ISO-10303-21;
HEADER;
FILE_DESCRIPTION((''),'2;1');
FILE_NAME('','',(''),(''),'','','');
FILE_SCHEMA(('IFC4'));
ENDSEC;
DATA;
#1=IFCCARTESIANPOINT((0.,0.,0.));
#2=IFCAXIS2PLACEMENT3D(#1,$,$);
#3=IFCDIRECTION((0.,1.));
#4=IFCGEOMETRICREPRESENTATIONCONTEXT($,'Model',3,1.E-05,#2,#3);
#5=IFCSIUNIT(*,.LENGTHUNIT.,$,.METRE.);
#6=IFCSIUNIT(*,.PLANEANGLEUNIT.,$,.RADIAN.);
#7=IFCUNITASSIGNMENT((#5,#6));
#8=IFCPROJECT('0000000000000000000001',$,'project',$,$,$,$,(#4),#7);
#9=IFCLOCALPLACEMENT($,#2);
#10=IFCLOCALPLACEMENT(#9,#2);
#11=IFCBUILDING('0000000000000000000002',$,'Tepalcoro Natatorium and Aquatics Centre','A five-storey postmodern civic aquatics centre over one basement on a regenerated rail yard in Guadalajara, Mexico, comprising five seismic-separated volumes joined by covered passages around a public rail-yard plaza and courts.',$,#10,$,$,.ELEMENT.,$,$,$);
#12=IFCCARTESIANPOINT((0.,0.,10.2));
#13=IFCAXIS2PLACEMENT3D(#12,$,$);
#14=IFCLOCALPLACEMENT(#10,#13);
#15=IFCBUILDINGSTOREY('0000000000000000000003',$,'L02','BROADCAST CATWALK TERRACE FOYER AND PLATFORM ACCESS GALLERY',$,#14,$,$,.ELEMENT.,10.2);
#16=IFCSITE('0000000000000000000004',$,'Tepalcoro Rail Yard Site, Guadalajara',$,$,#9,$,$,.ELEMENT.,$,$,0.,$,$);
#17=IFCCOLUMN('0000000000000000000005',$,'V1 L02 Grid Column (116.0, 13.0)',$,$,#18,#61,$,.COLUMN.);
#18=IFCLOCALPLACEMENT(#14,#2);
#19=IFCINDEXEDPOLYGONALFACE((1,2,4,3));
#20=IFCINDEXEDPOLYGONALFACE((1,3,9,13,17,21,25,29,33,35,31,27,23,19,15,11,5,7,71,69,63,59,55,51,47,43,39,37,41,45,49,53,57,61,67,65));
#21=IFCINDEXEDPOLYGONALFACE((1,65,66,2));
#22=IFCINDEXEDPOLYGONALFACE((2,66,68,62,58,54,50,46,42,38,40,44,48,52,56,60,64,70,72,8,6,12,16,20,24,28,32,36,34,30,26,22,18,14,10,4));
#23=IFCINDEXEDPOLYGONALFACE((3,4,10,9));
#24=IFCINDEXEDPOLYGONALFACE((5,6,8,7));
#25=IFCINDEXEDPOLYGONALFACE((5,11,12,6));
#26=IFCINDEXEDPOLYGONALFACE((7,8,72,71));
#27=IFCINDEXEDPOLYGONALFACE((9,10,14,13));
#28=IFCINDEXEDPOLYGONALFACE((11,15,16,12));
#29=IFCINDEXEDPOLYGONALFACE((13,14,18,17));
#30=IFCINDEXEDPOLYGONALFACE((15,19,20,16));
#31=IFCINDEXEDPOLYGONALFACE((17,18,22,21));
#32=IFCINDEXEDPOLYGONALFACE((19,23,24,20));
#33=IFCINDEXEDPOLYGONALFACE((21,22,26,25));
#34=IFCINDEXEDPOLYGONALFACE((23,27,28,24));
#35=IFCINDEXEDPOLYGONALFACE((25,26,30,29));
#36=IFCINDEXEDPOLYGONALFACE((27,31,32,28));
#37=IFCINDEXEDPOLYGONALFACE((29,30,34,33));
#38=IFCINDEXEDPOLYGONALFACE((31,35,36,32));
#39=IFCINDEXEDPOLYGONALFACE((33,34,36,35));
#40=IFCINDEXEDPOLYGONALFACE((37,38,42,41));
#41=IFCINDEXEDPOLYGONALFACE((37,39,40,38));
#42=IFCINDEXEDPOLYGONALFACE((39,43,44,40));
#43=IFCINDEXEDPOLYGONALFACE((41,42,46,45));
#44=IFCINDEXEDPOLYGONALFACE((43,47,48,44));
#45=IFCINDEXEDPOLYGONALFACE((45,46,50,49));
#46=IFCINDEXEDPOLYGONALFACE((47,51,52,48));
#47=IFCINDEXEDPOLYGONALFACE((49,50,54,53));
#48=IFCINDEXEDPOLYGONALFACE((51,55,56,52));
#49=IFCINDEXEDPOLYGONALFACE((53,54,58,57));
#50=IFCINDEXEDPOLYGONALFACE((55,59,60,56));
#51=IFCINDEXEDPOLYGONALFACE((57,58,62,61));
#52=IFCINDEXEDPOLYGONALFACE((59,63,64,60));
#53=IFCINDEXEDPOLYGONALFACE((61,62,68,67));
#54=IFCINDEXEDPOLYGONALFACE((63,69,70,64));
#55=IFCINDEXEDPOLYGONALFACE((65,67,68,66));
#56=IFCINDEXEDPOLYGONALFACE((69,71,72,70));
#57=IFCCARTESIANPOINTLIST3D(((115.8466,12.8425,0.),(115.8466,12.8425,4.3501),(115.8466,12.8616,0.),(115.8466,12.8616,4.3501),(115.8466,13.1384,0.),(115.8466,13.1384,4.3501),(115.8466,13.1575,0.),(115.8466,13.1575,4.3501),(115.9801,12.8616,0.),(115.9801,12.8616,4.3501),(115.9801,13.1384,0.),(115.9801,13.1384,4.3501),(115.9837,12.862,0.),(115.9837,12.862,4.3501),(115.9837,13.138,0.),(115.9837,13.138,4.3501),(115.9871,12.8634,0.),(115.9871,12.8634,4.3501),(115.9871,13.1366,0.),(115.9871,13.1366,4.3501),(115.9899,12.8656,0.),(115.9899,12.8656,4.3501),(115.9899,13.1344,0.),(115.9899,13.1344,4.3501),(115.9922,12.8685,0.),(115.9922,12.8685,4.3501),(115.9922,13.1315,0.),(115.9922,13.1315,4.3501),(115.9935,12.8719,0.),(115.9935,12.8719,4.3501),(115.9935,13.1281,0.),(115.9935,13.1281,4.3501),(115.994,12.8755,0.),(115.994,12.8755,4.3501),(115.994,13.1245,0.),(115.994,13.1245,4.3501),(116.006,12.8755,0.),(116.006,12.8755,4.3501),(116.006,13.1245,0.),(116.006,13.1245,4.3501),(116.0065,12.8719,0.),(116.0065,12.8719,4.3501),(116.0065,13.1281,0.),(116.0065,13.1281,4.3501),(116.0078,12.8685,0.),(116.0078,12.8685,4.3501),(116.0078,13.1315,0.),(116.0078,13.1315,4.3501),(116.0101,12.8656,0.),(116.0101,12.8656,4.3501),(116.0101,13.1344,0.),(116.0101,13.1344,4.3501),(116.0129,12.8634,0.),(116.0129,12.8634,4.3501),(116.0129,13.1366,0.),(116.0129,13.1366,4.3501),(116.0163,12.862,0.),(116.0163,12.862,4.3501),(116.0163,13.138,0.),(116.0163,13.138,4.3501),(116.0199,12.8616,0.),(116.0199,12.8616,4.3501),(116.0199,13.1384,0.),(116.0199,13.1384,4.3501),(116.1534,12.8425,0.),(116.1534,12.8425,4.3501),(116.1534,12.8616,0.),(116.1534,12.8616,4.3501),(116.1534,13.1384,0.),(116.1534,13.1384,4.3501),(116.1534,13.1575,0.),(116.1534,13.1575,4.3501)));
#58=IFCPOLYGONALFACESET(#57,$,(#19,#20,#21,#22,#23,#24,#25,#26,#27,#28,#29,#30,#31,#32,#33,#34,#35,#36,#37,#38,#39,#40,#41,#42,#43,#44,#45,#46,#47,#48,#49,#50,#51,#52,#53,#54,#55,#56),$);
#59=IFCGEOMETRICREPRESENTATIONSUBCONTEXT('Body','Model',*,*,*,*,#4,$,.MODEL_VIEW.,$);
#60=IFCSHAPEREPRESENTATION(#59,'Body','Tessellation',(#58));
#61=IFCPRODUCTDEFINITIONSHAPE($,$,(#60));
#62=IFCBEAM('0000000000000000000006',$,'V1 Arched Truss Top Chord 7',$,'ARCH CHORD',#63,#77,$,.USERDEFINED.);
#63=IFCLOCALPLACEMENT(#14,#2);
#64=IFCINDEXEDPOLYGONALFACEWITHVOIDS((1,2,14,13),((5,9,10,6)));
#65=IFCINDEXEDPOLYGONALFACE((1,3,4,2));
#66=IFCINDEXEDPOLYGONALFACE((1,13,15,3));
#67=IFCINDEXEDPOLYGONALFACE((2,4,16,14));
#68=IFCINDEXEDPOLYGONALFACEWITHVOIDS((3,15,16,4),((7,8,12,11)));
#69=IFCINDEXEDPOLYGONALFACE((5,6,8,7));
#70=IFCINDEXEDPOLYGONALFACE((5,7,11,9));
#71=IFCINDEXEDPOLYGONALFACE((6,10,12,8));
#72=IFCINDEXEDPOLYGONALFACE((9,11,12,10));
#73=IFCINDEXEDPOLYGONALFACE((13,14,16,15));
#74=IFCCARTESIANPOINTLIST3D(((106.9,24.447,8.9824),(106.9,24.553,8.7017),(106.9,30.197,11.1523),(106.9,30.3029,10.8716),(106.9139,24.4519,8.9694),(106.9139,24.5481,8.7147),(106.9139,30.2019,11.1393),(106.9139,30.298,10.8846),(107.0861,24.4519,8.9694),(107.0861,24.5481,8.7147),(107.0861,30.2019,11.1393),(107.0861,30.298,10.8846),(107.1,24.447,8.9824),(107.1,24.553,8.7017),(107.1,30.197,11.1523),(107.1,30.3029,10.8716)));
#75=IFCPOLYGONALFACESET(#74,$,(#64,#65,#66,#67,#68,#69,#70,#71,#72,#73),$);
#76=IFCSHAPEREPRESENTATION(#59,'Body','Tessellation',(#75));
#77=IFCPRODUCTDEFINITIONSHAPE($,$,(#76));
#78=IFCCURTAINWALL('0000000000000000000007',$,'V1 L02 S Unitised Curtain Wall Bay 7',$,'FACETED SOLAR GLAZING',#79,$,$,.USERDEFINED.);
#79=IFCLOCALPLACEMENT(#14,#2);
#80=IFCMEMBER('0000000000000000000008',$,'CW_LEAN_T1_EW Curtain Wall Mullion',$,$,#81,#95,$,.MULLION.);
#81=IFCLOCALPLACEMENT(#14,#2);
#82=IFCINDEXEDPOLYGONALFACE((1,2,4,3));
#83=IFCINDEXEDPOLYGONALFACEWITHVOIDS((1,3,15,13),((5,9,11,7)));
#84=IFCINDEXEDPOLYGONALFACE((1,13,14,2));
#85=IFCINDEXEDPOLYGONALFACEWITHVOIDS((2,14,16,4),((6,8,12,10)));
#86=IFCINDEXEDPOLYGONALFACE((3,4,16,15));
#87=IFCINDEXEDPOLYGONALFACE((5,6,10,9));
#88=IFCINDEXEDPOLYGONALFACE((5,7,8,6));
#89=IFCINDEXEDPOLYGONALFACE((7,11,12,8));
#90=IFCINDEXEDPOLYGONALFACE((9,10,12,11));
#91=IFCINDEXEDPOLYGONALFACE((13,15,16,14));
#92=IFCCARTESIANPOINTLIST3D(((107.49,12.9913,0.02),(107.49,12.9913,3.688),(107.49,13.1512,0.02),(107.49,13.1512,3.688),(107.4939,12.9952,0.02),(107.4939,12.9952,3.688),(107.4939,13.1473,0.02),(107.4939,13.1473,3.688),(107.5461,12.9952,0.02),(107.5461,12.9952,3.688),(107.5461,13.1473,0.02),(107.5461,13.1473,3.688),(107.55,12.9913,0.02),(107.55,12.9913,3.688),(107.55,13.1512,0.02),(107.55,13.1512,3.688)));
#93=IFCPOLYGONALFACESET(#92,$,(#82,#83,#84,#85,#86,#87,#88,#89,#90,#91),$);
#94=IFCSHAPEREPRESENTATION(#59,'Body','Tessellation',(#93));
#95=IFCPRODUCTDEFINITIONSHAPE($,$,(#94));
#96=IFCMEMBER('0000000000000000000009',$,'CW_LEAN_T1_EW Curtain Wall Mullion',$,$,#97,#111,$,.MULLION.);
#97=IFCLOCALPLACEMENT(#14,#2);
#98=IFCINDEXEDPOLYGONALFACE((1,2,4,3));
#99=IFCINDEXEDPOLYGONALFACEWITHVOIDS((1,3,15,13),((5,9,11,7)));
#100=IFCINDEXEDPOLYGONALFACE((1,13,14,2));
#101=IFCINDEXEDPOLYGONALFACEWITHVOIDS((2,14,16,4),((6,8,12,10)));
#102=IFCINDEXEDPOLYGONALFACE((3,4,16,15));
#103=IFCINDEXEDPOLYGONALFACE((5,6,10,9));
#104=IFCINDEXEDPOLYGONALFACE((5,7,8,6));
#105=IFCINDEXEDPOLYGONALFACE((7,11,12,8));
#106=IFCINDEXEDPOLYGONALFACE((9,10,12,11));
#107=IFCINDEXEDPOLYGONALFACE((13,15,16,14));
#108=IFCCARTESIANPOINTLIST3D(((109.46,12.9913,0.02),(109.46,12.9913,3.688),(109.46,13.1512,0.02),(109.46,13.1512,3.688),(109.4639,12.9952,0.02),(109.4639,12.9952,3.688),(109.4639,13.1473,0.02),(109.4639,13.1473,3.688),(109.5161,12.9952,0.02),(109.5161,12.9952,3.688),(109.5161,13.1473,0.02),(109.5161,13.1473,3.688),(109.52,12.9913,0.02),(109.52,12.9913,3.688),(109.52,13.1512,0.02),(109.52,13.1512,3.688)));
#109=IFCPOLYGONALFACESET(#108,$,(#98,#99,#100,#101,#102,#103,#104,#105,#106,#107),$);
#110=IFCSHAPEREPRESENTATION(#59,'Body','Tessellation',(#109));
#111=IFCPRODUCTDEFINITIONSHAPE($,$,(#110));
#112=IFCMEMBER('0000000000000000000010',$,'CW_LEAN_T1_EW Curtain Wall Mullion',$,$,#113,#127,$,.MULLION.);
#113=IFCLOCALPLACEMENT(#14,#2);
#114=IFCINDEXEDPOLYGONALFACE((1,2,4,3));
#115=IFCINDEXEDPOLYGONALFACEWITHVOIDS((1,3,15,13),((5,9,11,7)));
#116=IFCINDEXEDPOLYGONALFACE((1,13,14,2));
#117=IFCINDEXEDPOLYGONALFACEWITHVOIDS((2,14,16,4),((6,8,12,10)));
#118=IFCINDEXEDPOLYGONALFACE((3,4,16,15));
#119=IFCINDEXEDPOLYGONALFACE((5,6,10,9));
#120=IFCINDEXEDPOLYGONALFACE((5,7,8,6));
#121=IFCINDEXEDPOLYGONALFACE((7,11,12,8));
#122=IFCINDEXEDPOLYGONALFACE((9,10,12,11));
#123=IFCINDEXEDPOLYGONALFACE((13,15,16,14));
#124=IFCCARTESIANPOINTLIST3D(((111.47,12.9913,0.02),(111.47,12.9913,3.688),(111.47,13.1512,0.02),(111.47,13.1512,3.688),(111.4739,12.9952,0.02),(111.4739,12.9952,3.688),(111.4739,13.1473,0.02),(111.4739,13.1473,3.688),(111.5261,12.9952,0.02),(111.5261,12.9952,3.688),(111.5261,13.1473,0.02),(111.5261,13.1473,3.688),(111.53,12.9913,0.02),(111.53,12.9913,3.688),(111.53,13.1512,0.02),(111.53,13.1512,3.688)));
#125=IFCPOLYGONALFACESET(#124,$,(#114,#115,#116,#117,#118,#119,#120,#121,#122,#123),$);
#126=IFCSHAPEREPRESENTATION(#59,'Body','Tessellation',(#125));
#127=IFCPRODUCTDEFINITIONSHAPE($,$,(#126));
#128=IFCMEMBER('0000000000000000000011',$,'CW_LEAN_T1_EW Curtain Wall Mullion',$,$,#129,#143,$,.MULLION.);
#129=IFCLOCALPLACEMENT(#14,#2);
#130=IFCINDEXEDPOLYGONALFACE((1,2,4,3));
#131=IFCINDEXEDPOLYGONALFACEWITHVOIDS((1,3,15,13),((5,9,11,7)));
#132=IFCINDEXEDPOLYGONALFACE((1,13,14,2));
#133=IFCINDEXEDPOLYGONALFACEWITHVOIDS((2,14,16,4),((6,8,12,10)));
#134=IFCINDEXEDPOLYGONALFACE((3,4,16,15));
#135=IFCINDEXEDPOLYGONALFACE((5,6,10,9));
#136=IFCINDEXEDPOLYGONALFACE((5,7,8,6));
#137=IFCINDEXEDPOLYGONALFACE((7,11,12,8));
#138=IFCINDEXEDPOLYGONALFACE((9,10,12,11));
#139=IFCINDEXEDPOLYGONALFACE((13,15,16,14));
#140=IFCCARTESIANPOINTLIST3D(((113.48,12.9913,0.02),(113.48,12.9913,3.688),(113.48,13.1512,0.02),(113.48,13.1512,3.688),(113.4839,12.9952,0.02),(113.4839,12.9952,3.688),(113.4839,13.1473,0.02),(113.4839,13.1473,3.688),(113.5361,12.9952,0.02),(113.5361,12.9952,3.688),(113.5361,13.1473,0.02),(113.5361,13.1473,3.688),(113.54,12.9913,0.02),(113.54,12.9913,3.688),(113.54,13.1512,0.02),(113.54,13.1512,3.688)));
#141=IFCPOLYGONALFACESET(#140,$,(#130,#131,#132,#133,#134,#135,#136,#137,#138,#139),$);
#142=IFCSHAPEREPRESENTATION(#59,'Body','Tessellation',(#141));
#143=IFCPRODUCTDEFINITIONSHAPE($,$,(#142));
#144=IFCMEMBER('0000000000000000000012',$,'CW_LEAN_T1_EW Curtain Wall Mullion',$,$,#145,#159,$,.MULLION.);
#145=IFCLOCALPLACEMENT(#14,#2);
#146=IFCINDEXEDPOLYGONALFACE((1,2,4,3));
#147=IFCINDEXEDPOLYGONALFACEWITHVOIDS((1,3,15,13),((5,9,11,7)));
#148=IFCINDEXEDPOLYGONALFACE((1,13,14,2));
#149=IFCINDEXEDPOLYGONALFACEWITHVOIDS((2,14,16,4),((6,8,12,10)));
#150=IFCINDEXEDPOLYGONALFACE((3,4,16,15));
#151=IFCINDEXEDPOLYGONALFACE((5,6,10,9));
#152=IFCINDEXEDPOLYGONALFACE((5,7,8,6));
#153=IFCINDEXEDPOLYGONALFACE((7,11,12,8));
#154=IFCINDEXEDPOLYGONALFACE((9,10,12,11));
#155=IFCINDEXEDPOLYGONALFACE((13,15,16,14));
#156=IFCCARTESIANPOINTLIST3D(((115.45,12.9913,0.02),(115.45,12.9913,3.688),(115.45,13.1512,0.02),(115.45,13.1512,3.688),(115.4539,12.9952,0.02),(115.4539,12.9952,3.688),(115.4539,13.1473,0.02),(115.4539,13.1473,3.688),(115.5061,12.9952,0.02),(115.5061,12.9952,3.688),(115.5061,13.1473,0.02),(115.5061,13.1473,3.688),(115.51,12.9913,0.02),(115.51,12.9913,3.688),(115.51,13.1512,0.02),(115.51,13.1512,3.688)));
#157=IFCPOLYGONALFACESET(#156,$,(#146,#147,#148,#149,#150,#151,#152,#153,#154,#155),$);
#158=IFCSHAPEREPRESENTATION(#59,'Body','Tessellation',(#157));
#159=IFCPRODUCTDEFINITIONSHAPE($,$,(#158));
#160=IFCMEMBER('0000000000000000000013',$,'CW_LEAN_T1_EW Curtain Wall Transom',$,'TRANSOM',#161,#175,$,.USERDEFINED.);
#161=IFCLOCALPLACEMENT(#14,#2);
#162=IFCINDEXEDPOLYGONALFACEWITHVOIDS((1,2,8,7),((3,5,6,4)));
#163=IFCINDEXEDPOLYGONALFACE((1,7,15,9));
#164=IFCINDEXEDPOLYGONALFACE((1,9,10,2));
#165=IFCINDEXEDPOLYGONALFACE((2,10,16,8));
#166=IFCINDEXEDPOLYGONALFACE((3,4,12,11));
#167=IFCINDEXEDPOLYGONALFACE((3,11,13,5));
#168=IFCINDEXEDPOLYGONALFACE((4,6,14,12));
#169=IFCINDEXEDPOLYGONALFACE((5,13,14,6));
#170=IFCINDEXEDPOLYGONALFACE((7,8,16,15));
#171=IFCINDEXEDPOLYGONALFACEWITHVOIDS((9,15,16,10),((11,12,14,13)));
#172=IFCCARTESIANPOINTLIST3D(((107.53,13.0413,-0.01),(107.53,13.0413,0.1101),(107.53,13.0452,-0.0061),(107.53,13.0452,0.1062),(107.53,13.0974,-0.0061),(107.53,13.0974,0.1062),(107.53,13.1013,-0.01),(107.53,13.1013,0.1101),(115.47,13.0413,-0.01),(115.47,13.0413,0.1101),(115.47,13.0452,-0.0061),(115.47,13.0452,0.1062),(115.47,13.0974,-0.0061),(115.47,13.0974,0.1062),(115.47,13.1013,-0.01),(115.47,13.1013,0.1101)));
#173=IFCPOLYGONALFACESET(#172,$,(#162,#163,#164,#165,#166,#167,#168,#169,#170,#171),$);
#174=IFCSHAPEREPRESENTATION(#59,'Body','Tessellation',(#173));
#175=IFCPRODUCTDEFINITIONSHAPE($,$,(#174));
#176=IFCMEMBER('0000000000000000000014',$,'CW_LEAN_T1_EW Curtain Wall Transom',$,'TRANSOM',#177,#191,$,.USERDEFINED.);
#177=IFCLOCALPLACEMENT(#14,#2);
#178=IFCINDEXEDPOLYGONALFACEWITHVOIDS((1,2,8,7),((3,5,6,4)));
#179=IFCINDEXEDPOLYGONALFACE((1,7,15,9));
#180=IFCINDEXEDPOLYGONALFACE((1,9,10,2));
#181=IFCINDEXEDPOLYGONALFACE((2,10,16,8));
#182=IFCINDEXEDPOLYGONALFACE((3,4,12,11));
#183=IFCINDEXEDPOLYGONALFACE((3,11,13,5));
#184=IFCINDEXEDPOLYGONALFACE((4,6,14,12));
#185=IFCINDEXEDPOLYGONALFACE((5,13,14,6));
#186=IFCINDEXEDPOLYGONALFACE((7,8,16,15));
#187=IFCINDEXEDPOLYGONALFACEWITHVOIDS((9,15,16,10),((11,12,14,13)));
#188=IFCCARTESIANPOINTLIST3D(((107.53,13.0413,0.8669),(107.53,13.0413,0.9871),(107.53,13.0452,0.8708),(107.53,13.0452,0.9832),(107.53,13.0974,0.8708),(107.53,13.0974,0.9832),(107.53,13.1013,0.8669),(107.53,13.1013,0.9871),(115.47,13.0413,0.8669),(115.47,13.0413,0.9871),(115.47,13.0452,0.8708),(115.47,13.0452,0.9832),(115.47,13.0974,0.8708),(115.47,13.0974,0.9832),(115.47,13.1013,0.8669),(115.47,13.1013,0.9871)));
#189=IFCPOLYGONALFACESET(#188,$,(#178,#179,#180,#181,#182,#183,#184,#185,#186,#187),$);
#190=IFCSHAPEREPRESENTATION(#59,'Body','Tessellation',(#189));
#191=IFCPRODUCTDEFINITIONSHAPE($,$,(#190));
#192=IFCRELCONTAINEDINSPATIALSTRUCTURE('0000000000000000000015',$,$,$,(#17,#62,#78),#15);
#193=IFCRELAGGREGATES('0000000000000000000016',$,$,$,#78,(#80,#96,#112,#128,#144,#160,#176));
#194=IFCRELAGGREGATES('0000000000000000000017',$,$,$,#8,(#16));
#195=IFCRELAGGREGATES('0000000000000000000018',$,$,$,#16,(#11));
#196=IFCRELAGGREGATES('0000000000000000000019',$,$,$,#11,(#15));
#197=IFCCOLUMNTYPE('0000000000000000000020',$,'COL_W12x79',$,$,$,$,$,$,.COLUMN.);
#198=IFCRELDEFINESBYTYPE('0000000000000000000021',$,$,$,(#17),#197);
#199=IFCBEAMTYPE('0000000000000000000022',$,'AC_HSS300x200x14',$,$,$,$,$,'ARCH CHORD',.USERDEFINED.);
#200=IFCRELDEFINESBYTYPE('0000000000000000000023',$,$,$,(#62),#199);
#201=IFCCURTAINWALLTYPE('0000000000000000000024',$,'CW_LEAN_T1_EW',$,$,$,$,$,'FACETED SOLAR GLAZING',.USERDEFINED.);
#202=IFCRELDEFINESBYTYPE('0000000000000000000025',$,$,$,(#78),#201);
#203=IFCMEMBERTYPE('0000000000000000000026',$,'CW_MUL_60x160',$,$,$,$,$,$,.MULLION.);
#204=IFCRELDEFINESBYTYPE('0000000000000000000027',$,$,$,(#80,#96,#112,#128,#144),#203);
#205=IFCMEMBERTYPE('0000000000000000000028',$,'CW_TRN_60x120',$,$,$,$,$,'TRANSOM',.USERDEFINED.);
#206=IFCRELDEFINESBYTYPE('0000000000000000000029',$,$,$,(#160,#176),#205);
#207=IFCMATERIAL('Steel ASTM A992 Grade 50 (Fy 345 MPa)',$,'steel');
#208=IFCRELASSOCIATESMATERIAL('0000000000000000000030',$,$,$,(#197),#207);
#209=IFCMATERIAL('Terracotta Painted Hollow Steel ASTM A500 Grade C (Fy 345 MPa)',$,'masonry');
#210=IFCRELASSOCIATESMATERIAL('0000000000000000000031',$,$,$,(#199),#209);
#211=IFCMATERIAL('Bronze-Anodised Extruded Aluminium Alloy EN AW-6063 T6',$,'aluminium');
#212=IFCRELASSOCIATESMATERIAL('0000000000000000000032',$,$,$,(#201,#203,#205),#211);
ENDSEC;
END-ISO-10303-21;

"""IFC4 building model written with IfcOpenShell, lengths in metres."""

from ifc_helpers import new_model, si_unit, direction, frame, origin, origin_2d, place, context, subcontext, project, spatial, hollow_rectangle, i_section, extrude, material, material_profile, profile_set, type_object, element, aggregate, save


model = new_model("IFC4")

# Units and contexts
model_context = context("Model", 3, precision=1e-05, world=origin(), true_north=direction((0.0, 1.0)))
body_context = subcontext(model_context, "Body", "Model", "MODEL_VIEW")
ifc_project = project(units=[si_unit("LENGTHUNIT", "METRE"), si_unit("PLANEANGLEUNIT", "RADIAN")], contexts=[model_context])

# Site, building, storey
site_placement = place(None, origin())
site = spatial("IfcSite", under=ifc_project, at=site_placement, Name="Tepalcoro Rail Yard Site, Guadalajara", CompositionType="ELEMENT", RefElevation=0.0)
building_placement = place(site_placement, origin())
building = spatial("IfcBuilding", under=site, at=building_placement, Name="Tepalcoro Natatorium and Aquatics Centre", Description="A five-storey postmodern civic aquatics centre over one basement on a regenerated rail yard in Guadalajara, Mexico, comprising five seismic-separated volumes joined by covered passages around a public rail-yard plaza and courts.", CompositionType="ELEMENT")
storey_placement = place(building_placement, frame((0.0, 0.0, 10.2)))
storey = spatial("IfcBuildingStorey", under=building, at=storey_placement, Name="L02", Description="BROADCAST CATWALK TERRACE FOYER AND PLATFORM ACCESS GALLERY", CompositionType="ELEMENT", Elevation=10.2)

# Column
ifc_material_1 = material(Name="Steel ASTM A992 Grade 50 (Fy 345 MPa)", Category="steel")
ifc_material_profile_1 = material_profile(ifc_material_1, i_section(OverallWidth=0.3069, OverallDepth=0.3149, WebThickness=0.012, FlangeThickness=0.019, FilletRadius=0.0139, at=origin_2d()), Name="W12X79")
ifc_profile_set_1 = profile_set([ifc_material_profile_1], Name="Steel ASTM A992 Grade 50 (Fy 345 MPa)")
column_type = type_object("IfcColumnType", Name="COL_W12x79", PredefinedType="COLUMN", material=ifc_profile_set_1)
column_placement = place(storey_placement, frame((116.0, 13.0, 0.0), z_axis=(0.0, 0.0, 1.0), x_axis=(1.0, 0.0, 0.0)))
element("IfcColumn", 1, at=column_placement, inside=storey, type_object=column_type, Name="V1 L02 Grid Column (116.0, 13.0)", PredefinedType="COLUMN", context=body_context, shape_type="SweptSolid", body=[
    extrude(i_section(OverallWidth=0.3069, OverallDepth=0.3149, WebThickness=0.012, FlangeThickness=0.019, FilletRadius=0.0139, at=origin_2d()), origin(), (0.0, 0.0, 1.0), 4.3501),
])

# Beam
ifc_material_2 = material(Name="Terracotta Painted Hollow Steel ASTM A500 Grade C (Fy 345 MPa)", Category="masonry")
ifc_material_profile_2 = material_profile(ifc_material_2, hollow_rectangle(XDim=0.2, YDim=0.3, WallThickness=0.0139, at=origin_2d()), Name="HSS300X200X14")
ifc_profile_set_2 = profile_set([ifc_material_profile_2], Name="Terracotta Painted Hollow Steel ASTM A500 Grade C (Fy 345 MPa)")
beam_type_1 = type_object("IfcBeamType", Name="AC_HSS300x200x14", ElementType="ARCH CHORD", PredefinedType="USERDEFINED", material=ifc_profile_set_2)
beam_1_placement = place(storey_placement, frame((107.0, 24.5, 8.842), z_axis=(0.0, 0.935596, 0.353073), x_axis=(-1.0, 0.0, 0.0)))
element("IfcBeam", 2, at=beam_1_placement, inside=storey, type_object=beam_type_1, Name="V1 Arched Truss Top Chord 7", ObjectType="ARCH CHORD", PredefinedType="USERDEFINED", context=body_context, shape_type="SweptSolid", body=[
    extrude(hollow_rectangle(XDim=0.2, YDim=0.3, WallThickness=0.0139, at=origin_2d()), origin(), (0.0, 0.0, 1.0), 6.1458),
])

# Curtain wall, members
ifc_material_3 = material(Name="Bronze-Anodised Extruded Aluminium Alloy EN AW-6063 T6", Category="aluminium")
curtain_wall_type = type_object("IfcCurtainWallType", Name="CW_LEAN_T1_EW", ElementType="FACETED SOLAR GLAZING", PredefinedType="USERDEFINED", material=ifc_material_3)
curtain_wall_placement = place(storey_placement, origin())
curtain_wall = element("IfcCurtainWall", 3, at=curtain_wall_placement, inside=storey, type_object=curtain_wall_type, Name="V1 L02 S Unitised Curtain Wall Bay 7", ObjectType="FACETED SOLAR GLAZING", PredefinedType="USERDEFINED")
ifc_material_profile_3 = material_profile(ifc_material_3, hollow_rectangle(XDim=0.0601, YDim=0.1599, WallThickness=0.0039, at=origin_2d()), Name="AL60X160X4")
ifc_profile_set_3 = profile_set([ifc_material_profile_3], Name="Bronze-Anodised Extruded Aluminium Alloy EN AW-6063 T6")
member_type_1 = type_object("IfcMemberType", Name="CW_MUL_60x160", PredefinedType="MULLION", material=ifc_profile_set_3)
member_1_placement = place(storey_placement, frame((107.52, 13.0713, 0.02), z_axis=(0.0, 0.0, 1.0), x_axis=(1.0, 0.0, 0.0)))
member_1 = element("IfcMember", 4, at=member_1_placement, type_object=member_type_1, Name="CW_LEAN_T1_EW Curtain Wall Mullion", PredefinedType="MULLION", context=body_context, shape_type="SweptSolid", body=[
    extrude(hollow_rectangle(XDim=0.0601, YDim=0.1599, WallThickness=0.0039, at=origin_2d()), origin(), (0.0, 0.0, 1.0), 3.668),
])
member_2_placement = place(storey_placement, frame((109.49, 13.0713, 0.02), z_axis=(0.0, 0.0, 1.0), x_axis=(1.0, 0.0, 0.0)))
member_2 = element("IfcMember", 5, at=member_2_placement, type_object=member_type_1, Name="CW_LEAN_T1_EW Curtain Wall Mullion", PredefinedType="MULLION", context=body_context, shape_type="SweptSolid", body=[
    extrude(hollow_rectangle(XDim=0.0601, YDim=0.1599, WallThickness=0.0039, at=origin_2d()), origin(), (0.0, 0.0, 1.0), 3.668),
])
member_3_placement = place(storey_placement, frame((111.5, 13.0713, 0.02), z_axis=(0.0, 0.0, 1.0), x_axis=(1.0, 0.0, 0.0)))
member_3 = element("IfcMember", 6, at=member_3_placement, type_object=member_type_1, Name="CW_LEAN_T1_EW Curtain Wall Mullion", PredefinedType="MULLION", context=body_context, shape_type="SweptSolid", body=[
    extrude(hollow_rectangle(XDim=0.0601, YDim=0.1599, WallThickness=0.0039, at=origin_2d()), origin(), (0.0, 0.0, 1.0), 3.668),
])
member_4_placement = place(storey_placement, frame((113.51, 13.0713, 0.02), z_axis=(0.0, 0.0, 1.0), x_axis=(1.0, 0.0, 0.0)))
member_4 = element("IfcMember", 7, at=member_4_placement, type_object=member_type_1, Name="CW_LEAN_T1_EW Curtain Wall Mullion", PredefinedType="MULLION", context=body_context, shape_type="SweptSolid", body=[
    extrude(hollow_rectangle(XDim=0.0601, YDim=0.1599, WallThickness=0.0039, at=origin_2d()), origin(), (0.0, 0.0, 1.0), 3.668),
])
member_5_placement = place(storey_placement, frame((115.48, 13.0713, 0.02), z_axis=(0.0, 0.0, 1.0), x_axis=(1.0, 0.0, 0.0)))
member_5 = element("IfcMember", 8, at=member_5_placement, type_object=member_type_1, Name="CW_LEAN_T1_EW Curtain Wall Mullion", PredefinedType="MULLION", context=body_context, shape_type="SweptSolid", body=[
    extrude(hollow_rectangle(XDim=0.0601, YDim=0.1599, WallThickness=0.0039, at=origin_2d()), origin(), (0.0, 0.0, 1.0), 3.668),
])
ifc_material_profile_4 = material_profile(ifc_material_3, hollow_rectangle(XDim=0.0601, YDim=0.1201, WallThickness=0.0039, at=origin_2d()), Name="AL60X120X4")
ifc_profile_set_4 = profile_set([ifc_material_profile_4], Name="Bronze-Anodised Extruded Aluminium Alloy EN AW-6063 T6")
member_type_2 = type_object("IfcMemberType", Name="CW_TRN_60x120", ElementType="TRANSOM", PredefinedType="USERDEFINED", material=ifc_profile_set_4)
member_6_placement = place(storey_placement, frame((107.53, 13.0713, 0.05), z_axis=(1.0, 0.0, 0.0), x_axis=(0.0, 1.0, 0.0)))
member_6 = element("IfcMember", 9, at=member_6_placement, type_object=member_type_2, Name="CW_LEAN_T1_EW Curtain Wall Transom", ObjectType="TRANSOM", PredefinedType="USERDEFINED", context=body_context, shape_type="SweptSolid", body=[
    extrude(hollow_rectangle(XDim=0.0601, YDim=0.1201, WallThickness=0.0039, at=origin_2d()), origin(), (0.0, 0.0, 1.0), 7.9399),
])
member_7_placement = place(storey_placement, frame((107.53, 13.0713, 0.927), z_axis=(1.0, 0.0, 0.0), x_axis=(0.0, 1.0, 0.0)))
member_7 = element("IfcMember", 10, at=member_7_placement, type_object=member_type_2, Name="CW_LEAN_T1_EW Curtain Wall Transom", ObjectType="TRANSOM", PredefinedType="USERDEFINED", context=body_context, shape_type="SweptSolid", body=[
    extrude(hollow_rectangle(XDim=0.0601, YDim=0.1201, WallThickness=0.0039, at=origin_2d()), origin(), (0.0, 0.0, 1.0), 7.9399),
])

aggregate(curtain_wall, [member_1, member_2, member_3, member_4, member_5, member_6, member_7])

save(model, "model.ifc")
